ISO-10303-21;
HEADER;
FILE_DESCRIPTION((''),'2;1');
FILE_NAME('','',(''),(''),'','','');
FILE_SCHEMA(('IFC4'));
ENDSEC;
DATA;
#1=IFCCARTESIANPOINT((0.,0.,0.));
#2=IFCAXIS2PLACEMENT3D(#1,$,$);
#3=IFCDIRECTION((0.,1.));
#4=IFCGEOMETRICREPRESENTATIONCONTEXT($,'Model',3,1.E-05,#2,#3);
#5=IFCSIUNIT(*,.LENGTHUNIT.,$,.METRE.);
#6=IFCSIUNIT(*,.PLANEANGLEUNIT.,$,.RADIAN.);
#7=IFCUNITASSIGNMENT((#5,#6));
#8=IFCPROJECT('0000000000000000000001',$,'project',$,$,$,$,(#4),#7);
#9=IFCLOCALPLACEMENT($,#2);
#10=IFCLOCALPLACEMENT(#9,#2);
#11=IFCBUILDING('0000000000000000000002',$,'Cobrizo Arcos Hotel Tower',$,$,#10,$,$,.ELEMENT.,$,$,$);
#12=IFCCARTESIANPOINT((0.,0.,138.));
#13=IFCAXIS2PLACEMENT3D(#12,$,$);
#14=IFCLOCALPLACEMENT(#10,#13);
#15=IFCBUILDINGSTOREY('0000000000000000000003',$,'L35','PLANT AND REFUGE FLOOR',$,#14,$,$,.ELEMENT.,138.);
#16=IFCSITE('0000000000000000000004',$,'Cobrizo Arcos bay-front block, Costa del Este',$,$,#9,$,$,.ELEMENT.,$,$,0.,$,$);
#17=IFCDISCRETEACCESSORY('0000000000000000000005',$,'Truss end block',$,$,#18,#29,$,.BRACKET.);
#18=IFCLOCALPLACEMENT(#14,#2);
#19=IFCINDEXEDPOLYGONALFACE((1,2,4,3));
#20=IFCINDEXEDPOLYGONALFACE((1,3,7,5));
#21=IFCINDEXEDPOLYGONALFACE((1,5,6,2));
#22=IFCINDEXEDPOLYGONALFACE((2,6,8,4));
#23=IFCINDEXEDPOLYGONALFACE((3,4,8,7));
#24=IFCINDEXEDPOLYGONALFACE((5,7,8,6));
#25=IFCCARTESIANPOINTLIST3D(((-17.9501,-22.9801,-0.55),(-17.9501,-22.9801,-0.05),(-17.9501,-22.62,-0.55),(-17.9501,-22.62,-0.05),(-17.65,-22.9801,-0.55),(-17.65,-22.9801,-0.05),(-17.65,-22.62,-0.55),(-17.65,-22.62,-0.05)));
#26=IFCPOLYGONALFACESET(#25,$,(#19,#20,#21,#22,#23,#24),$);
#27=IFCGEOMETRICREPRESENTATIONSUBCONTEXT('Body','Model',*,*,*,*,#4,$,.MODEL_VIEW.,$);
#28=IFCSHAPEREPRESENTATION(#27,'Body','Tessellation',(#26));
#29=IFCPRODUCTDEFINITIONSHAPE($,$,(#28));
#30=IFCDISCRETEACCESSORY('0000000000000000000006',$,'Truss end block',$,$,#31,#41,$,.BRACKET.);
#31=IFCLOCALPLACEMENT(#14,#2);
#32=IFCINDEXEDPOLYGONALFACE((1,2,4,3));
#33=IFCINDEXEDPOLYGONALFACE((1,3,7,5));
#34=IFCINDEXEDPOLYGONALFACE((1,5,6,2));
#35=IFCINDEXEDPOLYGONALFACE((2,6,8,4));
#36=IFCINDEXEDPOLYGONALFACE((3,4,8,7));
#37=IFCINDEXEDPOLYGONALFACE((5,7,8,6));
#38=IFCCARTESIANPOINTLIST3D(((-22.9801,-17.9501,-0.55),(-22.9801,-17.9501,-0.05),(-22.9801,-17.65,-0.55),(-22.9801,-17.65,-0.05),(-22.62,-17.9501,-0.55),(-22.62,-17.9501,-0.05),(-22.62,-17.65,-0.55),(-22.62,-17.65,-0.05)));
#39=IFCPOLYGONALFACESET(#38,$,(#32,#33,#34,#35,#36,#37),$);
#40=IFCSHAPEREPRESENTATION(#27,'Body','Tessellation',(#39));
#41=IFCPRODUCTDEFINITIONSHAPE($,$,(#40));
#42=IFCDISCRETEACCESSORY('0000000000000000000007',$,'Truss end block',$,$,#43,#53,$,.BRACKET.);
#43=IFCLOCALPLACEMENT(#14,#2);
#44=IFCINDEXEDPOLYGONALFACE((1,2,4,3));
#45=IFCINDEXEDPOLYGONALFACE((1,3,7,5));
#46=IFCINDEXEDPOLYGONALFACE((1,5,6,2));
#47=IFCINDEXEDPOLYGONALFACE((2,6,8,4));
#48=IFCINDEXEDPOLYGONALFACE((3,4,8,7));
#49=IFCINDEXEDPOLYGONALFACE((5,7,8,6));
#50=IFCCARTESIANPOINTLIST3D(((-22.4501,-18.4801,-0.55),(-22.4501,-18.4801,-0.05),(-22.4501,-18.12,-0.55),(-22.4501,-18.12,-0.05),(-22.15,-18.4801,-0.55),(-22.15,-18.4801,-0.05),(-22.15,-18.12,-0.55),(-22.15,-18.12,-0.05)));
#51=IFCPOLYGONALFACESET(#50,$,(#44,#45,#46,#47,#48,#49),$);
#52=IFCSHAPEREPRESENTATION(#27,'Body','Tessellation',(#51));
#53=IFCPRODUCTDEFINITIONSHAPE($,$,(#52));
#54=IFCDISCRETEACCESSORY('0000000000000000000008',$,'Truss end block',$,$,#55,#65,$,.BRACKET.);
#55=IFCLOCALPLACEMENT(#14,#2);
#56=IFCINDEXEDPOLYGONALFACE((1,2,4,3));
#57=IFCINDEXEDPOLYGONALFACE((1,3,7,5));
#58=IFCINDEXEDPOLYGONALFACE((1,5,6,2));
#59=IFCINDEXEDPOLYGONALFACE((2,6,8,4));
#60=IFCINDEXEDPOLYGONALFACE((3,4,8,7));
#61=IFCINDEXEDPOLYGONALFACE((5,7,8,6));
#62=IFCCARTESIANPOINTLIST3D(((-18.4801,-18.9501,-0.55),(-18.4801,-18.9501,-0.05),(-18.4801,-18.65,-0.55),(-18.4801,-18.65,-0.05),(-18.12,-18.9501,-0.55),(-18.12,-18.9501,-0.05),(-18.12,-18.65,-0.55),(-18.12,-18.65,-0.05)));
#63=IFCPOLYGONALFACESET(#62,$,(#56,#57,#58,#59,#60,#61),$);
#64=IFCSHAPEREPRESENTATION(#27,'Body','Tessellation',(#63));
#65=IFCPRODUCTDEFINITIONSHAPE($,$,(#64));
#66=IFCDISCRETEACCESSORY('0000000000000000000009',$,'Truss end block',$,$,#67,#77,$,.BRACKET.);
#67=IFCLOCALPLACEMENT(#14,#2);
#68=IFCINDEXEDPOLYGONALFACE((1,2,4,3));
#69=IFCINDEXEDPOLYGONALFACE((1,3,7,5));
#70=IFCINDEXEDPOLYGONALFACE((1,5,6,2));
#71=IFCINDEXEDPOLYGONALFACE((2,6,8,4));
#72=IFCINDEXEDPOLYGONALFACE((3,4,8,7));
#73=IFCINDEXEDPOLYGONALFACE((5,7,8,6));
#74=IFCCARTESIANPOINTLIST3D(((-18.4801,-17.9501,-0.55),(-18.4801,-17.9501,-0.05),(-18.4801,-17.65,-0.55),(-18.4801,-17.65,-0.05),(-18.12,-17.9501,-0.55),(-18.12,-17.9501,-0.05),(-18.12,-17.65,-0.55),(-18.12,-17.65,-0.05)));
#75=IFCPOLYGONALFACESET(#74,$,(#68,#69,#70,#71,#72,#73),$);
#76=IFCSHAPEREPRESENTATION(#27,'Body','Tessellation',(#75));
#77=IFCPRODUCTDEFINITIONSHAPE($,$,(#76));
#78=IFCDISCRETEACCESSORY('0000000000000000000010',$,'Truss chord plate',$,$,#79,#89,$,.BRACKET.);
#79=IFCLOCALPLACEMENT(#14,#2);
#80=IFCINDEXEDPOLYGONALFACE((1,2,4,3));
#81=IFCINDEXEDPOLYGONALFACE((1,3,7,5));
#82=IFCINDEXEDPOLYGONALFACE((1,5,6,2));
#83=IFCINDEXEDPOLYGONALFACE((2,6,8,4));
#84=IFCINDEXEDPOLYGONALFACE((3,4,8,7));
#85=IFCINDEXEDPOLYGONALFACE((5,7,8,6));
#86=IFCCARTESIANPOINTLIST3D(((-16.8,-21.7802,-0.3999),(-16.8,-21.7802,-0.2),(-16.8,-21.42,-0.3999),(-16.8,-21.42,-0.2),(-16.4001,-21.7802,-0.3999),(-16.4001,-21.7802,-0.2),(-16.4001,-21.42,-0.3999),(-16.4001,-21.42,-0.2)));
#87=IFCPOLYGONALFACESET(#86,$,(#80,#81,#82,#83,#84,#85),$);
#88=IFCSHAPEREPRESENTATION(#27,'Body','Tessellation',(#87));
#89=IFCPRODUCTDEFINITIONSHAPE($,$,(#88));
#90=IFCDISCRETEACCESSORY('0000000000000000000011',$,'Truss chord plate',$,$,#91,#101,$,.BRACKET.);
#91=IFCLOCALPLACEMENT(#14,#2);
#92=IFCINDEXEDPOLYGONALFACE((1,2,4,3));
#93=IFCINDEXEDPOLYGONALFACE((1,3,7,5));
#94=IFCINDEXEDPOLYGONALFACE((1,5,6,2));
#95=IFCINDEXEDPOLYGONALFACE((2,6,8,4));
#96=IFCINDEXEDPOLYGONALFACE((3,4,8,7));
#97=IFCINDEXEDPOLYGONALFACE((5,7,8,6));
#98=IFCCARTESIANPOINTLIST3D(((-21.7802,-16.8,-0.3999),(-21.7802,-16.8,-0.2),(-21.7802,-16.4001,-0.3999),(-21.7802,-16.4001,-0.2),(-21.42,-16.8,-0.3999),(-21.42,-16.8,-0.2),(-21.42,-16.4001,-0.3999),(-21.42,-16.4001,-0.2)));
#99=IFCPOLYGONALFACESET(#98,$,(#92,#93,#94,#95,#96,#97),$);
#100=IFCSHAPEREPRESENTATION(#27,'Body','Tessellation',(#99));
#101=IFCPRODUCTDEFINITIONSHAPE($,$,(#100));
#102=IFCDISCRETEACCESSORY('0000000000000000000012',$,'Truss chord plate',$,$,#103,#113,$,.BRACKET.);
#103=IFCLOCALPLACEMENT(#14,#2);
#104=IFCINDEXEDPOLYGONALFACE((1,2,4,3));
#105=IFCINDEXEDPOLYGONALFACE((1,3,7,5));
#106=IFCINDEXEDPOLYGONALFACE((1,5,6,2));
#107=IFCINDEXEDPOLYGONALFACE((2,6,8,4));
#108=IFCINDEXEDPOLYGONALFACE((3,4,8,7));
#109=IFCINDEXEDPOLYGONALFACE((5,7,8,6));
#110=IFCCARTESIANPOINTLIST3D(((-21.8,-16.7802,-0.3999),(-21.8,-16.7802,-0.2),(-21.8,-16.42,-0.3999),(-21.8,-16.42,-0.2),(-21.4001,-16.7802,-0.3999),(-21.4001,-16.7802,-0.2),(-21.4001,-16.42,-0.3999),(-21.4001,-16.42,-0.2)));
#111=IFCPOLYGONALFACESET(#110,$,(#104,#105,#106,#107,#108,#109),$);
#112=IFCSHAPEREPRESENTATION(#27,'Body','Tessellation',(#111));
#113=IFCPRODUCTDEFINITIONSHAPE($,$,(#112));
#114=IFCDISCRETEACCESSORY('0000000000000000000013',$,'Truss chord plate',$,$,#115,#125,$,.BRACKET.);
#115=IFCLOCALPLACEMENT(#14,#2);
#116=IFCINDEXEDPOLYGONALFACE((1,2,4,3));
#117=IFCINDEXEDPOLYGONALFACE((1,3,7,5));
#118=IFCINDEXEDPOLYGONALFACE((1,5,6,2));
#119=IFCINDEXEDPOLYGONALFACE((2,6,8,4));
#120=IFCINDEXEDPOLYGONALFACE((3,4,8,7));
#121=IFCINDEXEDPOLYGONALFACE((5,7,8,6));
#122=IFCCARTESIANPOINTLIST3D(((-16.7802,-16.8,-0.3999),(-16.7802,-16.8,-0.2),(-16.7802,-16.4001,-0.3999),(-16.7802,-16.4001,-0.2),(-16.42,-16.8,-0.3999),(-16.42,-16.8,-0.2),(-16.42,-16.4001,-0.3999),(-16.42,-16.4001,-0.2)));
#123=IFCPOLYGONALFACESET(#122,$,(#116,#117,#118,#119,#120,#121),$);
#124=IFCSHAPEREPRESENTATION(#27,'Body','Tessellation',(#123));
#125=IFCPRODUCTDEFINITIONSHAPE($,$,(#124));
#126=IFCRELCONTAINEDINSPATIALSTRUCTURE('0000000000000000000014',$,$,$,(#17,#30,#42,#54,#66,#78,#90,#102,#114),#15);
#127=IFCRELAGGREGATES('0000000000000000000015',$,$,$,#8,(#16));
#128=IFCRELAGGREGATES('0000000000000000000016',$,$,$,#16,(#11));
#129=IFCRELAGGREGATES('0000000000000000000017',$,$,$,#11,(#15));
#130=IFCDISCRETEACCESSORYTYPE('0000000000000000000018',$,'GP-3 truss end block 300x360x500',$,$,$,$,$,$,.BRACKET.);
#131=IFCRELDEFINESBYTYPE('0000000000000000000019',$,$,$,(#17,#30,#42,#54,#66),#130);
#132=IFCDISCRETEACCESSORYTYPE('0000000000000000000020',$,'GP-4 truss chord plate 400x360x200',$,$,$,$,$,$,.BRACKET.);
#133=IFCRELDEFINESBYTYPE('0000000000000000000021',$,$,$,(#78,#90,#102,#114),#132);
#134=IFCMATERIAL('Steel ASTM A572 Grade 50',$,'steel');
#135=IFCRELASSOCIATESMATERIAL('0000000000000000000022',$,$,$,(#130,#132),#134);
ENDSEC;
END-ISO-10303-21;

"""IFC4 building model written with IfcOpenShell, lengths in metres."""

from ifc_helpers import new_model, si_unit, direction, frame, origin, origin_2d, place, context, subcontext, project, spatial, rectangle, extrude, material, type_object, element, save


model = new_model("IFC4")

# Units and contexts
model_context = context("Model", 3, precision=1e-05, world=origin(), true_north=direction((0.0, 1.0)))
body_context = subcontext(model_context, "Body", "Model", "MODEL_VIEW")
ifc_project = project(units=[si_unit("LENGTHUNIT", "METRE"), si_unit("PLANEANGLEUNIT", "RADIAN")], contexts=[model_context])

# Site, building, storey
site_placement = place(None, origin())
site = spatial("IfcSite", under=ifc_project, at=site_placement, Name="Cobrizo Arcos bay-front block, Costa del Este", CompositionType="ELEMENT", RefElevation=0.0)
building_placement = place(site_placement, origin())
building = spatial("IfcBuilding", under=site, at=building_placement, Name="Cobrizo Arcos Hotel Tower", CompositionType="ELEMENT")
storey_placement = place(building_placement, frame((0.0, 0.0, 138.0)))
storey = spatial("IfcBuildingStorey", under=building, at=storey_placement, Name="L35", Description="PLANT AND REFUGE FLOOR", CompositionType="ELEMENT", Elevation=138.0)

# Shared definitions
ifc_material_1 = material(Name="Steel ASTM A572 Grade 50", Category="steel")

# Discrete accessories
discrete_accessory_type_1 = type_object("IfcDiscreteAccessoryType", Name="GP-3 truss end block 300x360x500", PredefinedType="BRACKET", material=ifc_material_1)
for number, where, z_axis, x_axis, name in (
    (1, (-17.8, -22.8, -0.55), (0.0, 0.0, 1.0), (1.0, 0.0, 0.0), "Truss end block"),
    (2, (-22.8, -17.8, -0.55), (0.0, 0.0, 1.0), (0.0, 1.0, 0.0), "Truss end block"),
    (3, (-22.3, -18.3, -0.55), (0.0, 0.0, 1.0), (1.0, 0.0, 0.0), "Truss end block"),
    (4, (-18.3, -18.8, -0.55), (0.0, 0.0, 1.0), (0.0, -1.0, 0.0), "Truss end block"),
    (5, (-18.3, -17.8, -0.55), (0.0, 0.0, 1.0), (0.0, 1.0, 0.0), "Truss end block"),
):
    element("IfcDiscreteAccessory", number, at=place(storey_placement, frame(where, z_axis=z_axis, x_axis=x_axis)), inside=storey, type_object=discrete_accessory_type_1, Name=name, PredefinedType="BRACKET", context=body_context, shape_type="SweptSolid", body=[
        extrude(rectangle(XDim=0.3, YDim=0.3601, at=origin_2d()), origin(), (0.0, 0.0, 1.0), 0.5),
    ])
discrete_accessory_type_2 = type_object("IfcDiscreteAccessoryType", Name="GP-4 truss chord plate 400x360x200", PredefinedType="BRACKET", material=ifc_material_1)
for number, where, z_axis, x_axis, name in (
    (6, (-16.6001, -21.6001, -0.3999), (0.0, 0.0, 1.0), (1.0, 0.0, 0.0), "Truss chord plate"),
    (7, (-21.6001, -16.6001, -0.3999), (0.0, 0.0, 1.0), (0.0, -1.0, 0.0), "Truss chord plate"),
    (8, (-21.6001, -16.6001, -0.3999), (0.0, 0.0, 1.0), (1.0, 0.0, 0.0), "Truss chord plate"),
    (9, (-16.6001, -16.6001, -0.3999), (0.0, 0.0, 1.0), (0.0, -1.0, 0.0), "Truss chord plate"),
):
    element("IfcDiscreteAccessory", number, at=place(storey_placement, frame(where, z_axis=z_axis, x_axis=x_axis)), inside=storey, type_object=discrete_accessory_type_2, Name=name, PredefinedType="BRACKET", context=body_context, shape_type="SweptSolid", body=[
        extrude(rectangle(XDim=0.3999, YDim=0.3601, at=origin_2d()), origin(), (0.0, 0.0, 1.0), 0.2),
    ])

save(model, "model.ifc")
